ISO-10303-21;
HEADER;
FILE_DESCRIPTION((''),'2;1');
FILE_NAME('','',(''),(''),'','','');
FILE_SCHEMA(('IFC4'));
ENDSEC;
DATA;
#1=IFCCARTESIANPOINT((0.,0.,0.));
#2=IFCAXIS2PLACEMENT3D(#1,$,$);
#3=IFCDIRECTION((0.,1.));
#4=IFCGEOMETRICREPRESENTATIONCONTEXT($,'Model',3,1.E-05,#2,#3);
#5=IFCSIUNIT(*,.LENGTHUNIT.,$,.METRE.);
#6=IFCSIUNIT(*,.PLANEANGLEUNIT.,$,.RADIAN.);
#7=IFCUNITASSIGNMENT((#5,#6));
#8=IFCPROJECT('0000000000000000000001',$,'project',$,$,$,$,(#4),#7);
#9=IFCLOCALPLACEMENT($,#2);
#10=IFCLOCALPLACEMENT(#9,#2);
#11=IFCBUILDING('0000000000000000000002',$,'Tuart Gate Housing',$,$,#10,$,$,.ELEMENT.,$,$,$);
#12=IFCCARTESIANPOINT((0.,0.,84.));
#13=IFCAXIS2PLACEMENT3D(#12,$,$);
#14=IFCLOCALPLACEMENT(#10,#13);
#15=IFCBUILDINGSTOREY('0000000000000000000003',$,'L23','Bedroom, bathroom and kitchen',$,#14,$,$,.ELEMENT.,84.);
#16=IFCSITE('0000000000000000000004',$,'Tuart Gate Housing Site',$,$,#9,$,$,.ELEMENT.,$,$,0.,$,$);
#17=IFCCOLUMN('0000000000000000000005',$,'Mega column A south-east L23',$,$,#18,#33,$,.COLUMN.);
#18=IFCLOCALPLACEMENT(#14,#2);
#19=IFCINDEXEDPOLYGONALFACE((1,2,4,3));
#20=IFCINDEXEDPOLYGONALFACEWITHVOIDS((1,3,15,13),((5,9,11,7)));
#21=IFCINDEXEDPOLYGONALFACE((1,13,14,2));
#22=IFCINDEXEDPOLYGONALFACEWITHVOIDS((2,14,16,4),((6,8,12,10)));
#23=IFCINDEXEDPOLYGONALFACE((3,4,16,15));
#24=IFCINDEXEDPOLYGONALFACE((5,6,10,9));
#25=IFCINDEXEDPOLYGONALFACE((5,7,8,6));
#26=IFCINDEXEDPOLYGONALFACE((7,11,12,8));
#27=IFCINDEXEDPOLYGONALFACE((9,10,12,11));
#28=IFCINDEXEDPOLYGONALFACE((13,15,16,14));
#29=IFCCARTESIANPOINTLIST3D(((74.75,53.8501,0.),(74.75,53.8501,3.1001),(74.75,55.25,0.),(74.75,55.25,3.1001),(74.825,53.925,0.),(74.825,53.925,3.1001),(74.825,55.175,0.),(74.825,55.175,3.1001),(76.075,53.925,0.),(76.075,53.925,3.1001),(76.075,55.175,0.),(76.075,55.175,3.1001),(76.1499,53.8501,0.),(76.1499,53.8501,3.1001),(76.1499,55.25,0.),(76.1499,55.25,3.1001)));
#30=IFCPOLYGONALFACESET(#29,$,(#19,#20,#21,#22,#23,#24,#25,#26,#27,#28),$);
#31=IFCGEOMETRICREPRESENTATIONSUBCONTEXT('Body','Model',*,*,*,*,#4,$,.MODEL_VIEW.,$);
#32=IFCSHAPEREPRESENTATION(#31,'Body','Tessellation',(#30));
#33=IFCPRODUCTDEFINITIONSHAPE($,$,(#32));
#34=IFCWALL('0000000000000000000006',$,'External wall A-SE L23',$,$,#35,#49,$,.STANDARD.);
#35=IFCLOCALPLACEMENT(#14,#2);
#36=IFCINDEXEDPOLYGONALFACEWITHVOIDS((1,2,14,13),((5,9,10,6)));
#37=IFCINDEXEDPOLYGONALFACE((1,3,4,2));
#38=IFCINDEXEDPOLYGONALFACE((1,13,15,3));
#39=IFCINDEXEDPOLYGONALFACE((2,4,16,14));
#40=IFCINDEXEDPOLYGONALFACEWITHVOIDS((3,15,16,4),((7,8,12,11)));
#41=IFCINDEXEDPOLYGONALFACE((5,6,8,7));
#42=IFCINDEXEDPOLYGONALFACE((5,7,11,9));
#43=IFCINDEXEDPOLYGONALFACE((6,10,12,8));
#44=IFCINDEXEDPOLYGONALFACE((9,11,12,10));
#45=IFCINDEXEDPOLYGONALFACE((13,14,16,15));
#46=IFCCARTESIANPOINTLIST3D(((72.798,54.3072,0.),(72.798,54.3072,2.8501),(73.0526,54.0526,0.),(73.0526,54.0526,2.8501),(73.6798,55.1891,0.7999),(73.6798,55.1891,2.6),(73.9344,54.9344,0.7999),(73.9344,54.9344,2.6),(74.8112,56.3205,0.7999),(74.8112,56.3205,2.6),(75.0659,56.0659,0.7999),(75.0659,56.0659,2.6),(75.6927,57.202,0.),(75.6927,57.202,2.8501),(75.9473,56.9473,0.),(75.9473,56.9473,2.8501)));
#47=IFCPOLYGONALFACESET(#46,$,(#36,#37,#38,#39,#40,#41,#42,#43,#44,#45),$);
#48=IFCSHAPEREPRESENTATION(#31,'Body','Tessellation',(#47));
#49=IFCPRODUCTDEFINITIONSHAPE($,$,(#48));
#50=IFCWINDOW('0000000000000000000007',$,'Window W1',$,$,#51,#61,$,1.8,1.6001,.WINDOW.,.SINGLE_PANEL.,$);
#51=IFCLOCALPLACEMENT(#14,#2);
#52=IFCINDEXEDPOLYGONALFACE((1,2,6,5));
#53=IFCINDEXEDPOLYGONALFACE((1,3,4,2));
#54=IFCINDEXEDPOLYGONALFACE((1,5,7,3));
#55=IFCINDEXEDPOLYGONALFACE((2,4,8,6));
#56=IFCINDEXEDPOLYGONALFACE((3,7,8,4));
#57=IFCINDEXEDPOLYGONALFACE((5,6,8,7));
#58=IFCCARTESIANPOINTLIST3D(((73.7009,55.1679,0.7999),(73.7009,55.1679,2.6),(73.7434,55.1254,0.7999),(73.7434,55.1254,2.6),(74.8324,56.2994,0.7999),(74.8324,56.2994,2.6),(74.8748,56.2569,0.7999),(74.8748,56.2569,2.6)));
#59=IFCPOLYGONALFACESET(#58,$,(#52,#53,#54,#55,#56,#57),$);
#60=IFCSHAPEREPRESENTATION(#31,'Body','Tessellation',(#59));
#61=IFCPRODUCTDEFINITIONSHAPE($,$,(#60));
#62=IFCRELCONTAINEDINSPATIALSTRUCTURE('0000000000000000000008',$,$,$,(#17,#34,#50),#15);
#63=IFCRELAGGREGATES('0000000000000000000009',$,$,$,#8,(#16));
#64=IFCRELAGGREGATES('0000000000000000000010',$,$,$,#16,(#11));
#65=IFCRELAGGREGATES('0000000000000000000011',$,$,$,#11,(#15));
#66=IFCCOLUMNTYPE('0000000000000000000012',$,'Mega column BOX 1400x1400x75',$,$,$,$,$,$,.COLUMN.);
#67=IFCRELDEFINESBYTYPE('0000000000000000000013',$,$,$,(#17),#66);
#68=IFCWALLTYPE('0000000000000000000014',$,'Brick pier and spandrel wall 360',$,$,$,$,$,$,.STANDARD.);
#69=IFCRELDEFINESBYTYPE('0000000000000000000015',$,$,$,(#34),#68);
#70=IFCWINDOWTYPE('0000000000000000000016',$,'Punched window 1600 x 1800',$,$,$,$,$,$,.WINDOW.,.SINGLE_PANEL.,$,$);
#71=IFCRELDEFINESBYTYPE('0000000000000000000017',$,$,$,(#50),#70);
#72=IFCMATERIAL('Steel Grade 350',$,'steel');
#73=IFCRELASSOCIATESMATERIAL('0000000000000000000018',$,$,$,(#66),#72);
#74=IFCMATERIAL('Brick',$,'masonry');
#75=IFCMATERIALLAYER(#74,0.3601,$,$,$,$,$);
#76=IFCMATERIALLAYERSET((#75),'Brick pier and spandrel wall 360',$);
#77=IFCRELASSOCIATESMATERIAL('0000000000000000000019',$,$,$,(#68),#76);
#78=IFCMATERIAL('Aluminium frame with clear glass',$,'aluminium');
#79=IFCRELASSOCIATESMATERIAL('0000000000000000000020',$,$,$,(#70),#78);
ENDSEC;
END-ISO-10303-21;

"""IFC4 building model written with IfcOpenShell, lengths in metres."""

from ifc_helpers import new_model, si_unit, direction, frame, frame_2d, origin, origin_2d, place, context, subcontext, project, spatial, rectangle, hollow_rectangle, extrude, material, layer, layer_set, material_profile, profile_set, type_object, element, fill, save


model = new_model("IFC4")

# Units and contexts
model_context = context("Model", 3, precision=1e-05, world=origin(), true_north=direction((0.0, 1.0)))
body_context = subcontext(model_context, "Body", "Model", "MODEL_VIEW")
ifc_project = project(units=[si_unit("LENGTHUNIT", "METRE"), si_unit("PLANEANGLEUNIT", "RADIAN")], contexts=[model_context])

# Site, building, storey
site_placement = place(None, origin())
site = spatial("IfcSite", under=ifc_project, at=site_placement, Name="Tuart Gate Housing Site", CompositionType="ELEMENT", RefElevation=0.0)
building_placement = place(site_placement, origin())
building = spatial("IfcBuilding", under=site, at=building_placement, Name="Tuart Gate Housing", CompositionType="ELEMENT")
storey_placement = place(building_placement, frame((0.0, 0.0, 84.0)))
storey = spatial("IfcBuildingStorey", under=building, at=storey_placement, Name="L23", Description="Bedroom, bathroom and kitchen", CompositionType="ELEMENT", Elevation=84.0)

# Column
ifc_material_1 = material(Name="Steel Grade 350", Category="steel")
ifc_material_profile = material_profile(ifc_material_1, hollow_rectangle(XDim=1.3999, YDim=1.3999, WallThickness=0.075, at=origin_2d()), Name="BOX 1400x1400x75")
ifc_profile_set = profile_set([ifc_material_profile], Name="Steel Grade 350")
column_type = type_object("IfcColumnType", Name="Mega column BOX 1400x1400x75", PredefinedType="COLUMN", material=ifc_profile_set)
column_placement = place(storey_placement, frame((75.45, 54.55, 0.0), z_axis=(0.0, 0.0, 1.0), x_axis=(1.0, 0.0, 0.0)))
element("IfcColumn", 1, at=column_placement, inside=storey, type_object=column_type, Name="Mega column A south-east L23", PredefinedType="COLUMN", context=body_context, shape_type="SweptSolid", body=[
    extrude(hollow_rectangle(XDim=1.3999, YDim=1.3999, WallThickness=0.075, at=origin_2d()), origin(), (0.0, 0.0, 1.0), 3.1001),
])

# Wall, opening, window
ifc_material_2 = material(Name="Brick", Category="masonry")
ifc_layer = layer(ifc_material_2, 0.3601)
ifc_layer_set = layer_set([ifc_layer], Name="Brick pier and spandrel wall 360")
wall_type = type_object("IfcWallType", Name="Brick pier and spandrel wall 360", PredefinedType="STANDARD", material=ifc_layer_set)
wall_1_placement = place(storey_placement, frame((72.9253, 54.1799, 0.0), z_axis=(0.0, 0.0, 1.0), x_axis=(0.707107, 0.707107, 0.0)))
wall_1 = element("IfcWall", 2, at=wall_1_placement, inside=storey, type_object=wall_type, Name="External wall A-SE L23", PredefinedType="STANDARD", context=body_context, shape_type="SweptSolid", body=[
    extrude(rectangle(XDim=4.0938, YDim=0.3601, at=frame_2d((2.0469, 0.0))), origin(), (0.0, 0.0, 1.0), 2.8501),
])
opening_1_placement = place(wall_1_placement, frame((1.2471, 0.0, 0.8)))
opening_1 = element("IfcOpeningElement", 3, at=opening_1_placement, cuts=wall_1, PredefinedType="OPENING", context=body_context, shape_type="SweptSolid", body=[
    extrude(rectangle(XDim=1.6001, YDim=1.8, at=frame_2d((0.8, 0.8999))), frame((0.0, 0.1899, 0.0), z_axis=(0.0, -1.0, 0.0), x_axis=(1.0, 0.0, 0.0)), (0.0, 0.0, 1.0), 0.3801),
])
ifc_material_3 = material(Name="Aluminium frame with clear glass", Category="aluminium")
window_type_1 = type_object("IfcWindowType", Name="Punched window 1600 x 1800", PartitioningType="SINGLE_PANEL", PredefinedType="WINDOW", material=ifc_material_3)
window_1_placement = place(opening_1_placement, origin())
window_1 = element("IfcWindow", 4, at=window_1_placement, inside=storey, type_object=window_type_1, Name="Window W1", OverallHeight=1.8, OverallWidth=1.6001, PartitioningType="SINGLE_PANEL", PredefinedType="WINDOW", context=body_context, shape_type="SweptSolid", body=[
    extrude(rectangle(XDim=1.6001, YDim=1.8, at=frame_2d((0.8, 0.8999))), frame((0.0, 0.1501, 0.0), z_axis=(0.0, -1.0, 0.0), x_axis=(1.0, 0.0, 0.0)), (0.0, 0.0, 1.0), 0.0601),
])
fill(opening_1, window_1)

save(model, "model.ifc")
